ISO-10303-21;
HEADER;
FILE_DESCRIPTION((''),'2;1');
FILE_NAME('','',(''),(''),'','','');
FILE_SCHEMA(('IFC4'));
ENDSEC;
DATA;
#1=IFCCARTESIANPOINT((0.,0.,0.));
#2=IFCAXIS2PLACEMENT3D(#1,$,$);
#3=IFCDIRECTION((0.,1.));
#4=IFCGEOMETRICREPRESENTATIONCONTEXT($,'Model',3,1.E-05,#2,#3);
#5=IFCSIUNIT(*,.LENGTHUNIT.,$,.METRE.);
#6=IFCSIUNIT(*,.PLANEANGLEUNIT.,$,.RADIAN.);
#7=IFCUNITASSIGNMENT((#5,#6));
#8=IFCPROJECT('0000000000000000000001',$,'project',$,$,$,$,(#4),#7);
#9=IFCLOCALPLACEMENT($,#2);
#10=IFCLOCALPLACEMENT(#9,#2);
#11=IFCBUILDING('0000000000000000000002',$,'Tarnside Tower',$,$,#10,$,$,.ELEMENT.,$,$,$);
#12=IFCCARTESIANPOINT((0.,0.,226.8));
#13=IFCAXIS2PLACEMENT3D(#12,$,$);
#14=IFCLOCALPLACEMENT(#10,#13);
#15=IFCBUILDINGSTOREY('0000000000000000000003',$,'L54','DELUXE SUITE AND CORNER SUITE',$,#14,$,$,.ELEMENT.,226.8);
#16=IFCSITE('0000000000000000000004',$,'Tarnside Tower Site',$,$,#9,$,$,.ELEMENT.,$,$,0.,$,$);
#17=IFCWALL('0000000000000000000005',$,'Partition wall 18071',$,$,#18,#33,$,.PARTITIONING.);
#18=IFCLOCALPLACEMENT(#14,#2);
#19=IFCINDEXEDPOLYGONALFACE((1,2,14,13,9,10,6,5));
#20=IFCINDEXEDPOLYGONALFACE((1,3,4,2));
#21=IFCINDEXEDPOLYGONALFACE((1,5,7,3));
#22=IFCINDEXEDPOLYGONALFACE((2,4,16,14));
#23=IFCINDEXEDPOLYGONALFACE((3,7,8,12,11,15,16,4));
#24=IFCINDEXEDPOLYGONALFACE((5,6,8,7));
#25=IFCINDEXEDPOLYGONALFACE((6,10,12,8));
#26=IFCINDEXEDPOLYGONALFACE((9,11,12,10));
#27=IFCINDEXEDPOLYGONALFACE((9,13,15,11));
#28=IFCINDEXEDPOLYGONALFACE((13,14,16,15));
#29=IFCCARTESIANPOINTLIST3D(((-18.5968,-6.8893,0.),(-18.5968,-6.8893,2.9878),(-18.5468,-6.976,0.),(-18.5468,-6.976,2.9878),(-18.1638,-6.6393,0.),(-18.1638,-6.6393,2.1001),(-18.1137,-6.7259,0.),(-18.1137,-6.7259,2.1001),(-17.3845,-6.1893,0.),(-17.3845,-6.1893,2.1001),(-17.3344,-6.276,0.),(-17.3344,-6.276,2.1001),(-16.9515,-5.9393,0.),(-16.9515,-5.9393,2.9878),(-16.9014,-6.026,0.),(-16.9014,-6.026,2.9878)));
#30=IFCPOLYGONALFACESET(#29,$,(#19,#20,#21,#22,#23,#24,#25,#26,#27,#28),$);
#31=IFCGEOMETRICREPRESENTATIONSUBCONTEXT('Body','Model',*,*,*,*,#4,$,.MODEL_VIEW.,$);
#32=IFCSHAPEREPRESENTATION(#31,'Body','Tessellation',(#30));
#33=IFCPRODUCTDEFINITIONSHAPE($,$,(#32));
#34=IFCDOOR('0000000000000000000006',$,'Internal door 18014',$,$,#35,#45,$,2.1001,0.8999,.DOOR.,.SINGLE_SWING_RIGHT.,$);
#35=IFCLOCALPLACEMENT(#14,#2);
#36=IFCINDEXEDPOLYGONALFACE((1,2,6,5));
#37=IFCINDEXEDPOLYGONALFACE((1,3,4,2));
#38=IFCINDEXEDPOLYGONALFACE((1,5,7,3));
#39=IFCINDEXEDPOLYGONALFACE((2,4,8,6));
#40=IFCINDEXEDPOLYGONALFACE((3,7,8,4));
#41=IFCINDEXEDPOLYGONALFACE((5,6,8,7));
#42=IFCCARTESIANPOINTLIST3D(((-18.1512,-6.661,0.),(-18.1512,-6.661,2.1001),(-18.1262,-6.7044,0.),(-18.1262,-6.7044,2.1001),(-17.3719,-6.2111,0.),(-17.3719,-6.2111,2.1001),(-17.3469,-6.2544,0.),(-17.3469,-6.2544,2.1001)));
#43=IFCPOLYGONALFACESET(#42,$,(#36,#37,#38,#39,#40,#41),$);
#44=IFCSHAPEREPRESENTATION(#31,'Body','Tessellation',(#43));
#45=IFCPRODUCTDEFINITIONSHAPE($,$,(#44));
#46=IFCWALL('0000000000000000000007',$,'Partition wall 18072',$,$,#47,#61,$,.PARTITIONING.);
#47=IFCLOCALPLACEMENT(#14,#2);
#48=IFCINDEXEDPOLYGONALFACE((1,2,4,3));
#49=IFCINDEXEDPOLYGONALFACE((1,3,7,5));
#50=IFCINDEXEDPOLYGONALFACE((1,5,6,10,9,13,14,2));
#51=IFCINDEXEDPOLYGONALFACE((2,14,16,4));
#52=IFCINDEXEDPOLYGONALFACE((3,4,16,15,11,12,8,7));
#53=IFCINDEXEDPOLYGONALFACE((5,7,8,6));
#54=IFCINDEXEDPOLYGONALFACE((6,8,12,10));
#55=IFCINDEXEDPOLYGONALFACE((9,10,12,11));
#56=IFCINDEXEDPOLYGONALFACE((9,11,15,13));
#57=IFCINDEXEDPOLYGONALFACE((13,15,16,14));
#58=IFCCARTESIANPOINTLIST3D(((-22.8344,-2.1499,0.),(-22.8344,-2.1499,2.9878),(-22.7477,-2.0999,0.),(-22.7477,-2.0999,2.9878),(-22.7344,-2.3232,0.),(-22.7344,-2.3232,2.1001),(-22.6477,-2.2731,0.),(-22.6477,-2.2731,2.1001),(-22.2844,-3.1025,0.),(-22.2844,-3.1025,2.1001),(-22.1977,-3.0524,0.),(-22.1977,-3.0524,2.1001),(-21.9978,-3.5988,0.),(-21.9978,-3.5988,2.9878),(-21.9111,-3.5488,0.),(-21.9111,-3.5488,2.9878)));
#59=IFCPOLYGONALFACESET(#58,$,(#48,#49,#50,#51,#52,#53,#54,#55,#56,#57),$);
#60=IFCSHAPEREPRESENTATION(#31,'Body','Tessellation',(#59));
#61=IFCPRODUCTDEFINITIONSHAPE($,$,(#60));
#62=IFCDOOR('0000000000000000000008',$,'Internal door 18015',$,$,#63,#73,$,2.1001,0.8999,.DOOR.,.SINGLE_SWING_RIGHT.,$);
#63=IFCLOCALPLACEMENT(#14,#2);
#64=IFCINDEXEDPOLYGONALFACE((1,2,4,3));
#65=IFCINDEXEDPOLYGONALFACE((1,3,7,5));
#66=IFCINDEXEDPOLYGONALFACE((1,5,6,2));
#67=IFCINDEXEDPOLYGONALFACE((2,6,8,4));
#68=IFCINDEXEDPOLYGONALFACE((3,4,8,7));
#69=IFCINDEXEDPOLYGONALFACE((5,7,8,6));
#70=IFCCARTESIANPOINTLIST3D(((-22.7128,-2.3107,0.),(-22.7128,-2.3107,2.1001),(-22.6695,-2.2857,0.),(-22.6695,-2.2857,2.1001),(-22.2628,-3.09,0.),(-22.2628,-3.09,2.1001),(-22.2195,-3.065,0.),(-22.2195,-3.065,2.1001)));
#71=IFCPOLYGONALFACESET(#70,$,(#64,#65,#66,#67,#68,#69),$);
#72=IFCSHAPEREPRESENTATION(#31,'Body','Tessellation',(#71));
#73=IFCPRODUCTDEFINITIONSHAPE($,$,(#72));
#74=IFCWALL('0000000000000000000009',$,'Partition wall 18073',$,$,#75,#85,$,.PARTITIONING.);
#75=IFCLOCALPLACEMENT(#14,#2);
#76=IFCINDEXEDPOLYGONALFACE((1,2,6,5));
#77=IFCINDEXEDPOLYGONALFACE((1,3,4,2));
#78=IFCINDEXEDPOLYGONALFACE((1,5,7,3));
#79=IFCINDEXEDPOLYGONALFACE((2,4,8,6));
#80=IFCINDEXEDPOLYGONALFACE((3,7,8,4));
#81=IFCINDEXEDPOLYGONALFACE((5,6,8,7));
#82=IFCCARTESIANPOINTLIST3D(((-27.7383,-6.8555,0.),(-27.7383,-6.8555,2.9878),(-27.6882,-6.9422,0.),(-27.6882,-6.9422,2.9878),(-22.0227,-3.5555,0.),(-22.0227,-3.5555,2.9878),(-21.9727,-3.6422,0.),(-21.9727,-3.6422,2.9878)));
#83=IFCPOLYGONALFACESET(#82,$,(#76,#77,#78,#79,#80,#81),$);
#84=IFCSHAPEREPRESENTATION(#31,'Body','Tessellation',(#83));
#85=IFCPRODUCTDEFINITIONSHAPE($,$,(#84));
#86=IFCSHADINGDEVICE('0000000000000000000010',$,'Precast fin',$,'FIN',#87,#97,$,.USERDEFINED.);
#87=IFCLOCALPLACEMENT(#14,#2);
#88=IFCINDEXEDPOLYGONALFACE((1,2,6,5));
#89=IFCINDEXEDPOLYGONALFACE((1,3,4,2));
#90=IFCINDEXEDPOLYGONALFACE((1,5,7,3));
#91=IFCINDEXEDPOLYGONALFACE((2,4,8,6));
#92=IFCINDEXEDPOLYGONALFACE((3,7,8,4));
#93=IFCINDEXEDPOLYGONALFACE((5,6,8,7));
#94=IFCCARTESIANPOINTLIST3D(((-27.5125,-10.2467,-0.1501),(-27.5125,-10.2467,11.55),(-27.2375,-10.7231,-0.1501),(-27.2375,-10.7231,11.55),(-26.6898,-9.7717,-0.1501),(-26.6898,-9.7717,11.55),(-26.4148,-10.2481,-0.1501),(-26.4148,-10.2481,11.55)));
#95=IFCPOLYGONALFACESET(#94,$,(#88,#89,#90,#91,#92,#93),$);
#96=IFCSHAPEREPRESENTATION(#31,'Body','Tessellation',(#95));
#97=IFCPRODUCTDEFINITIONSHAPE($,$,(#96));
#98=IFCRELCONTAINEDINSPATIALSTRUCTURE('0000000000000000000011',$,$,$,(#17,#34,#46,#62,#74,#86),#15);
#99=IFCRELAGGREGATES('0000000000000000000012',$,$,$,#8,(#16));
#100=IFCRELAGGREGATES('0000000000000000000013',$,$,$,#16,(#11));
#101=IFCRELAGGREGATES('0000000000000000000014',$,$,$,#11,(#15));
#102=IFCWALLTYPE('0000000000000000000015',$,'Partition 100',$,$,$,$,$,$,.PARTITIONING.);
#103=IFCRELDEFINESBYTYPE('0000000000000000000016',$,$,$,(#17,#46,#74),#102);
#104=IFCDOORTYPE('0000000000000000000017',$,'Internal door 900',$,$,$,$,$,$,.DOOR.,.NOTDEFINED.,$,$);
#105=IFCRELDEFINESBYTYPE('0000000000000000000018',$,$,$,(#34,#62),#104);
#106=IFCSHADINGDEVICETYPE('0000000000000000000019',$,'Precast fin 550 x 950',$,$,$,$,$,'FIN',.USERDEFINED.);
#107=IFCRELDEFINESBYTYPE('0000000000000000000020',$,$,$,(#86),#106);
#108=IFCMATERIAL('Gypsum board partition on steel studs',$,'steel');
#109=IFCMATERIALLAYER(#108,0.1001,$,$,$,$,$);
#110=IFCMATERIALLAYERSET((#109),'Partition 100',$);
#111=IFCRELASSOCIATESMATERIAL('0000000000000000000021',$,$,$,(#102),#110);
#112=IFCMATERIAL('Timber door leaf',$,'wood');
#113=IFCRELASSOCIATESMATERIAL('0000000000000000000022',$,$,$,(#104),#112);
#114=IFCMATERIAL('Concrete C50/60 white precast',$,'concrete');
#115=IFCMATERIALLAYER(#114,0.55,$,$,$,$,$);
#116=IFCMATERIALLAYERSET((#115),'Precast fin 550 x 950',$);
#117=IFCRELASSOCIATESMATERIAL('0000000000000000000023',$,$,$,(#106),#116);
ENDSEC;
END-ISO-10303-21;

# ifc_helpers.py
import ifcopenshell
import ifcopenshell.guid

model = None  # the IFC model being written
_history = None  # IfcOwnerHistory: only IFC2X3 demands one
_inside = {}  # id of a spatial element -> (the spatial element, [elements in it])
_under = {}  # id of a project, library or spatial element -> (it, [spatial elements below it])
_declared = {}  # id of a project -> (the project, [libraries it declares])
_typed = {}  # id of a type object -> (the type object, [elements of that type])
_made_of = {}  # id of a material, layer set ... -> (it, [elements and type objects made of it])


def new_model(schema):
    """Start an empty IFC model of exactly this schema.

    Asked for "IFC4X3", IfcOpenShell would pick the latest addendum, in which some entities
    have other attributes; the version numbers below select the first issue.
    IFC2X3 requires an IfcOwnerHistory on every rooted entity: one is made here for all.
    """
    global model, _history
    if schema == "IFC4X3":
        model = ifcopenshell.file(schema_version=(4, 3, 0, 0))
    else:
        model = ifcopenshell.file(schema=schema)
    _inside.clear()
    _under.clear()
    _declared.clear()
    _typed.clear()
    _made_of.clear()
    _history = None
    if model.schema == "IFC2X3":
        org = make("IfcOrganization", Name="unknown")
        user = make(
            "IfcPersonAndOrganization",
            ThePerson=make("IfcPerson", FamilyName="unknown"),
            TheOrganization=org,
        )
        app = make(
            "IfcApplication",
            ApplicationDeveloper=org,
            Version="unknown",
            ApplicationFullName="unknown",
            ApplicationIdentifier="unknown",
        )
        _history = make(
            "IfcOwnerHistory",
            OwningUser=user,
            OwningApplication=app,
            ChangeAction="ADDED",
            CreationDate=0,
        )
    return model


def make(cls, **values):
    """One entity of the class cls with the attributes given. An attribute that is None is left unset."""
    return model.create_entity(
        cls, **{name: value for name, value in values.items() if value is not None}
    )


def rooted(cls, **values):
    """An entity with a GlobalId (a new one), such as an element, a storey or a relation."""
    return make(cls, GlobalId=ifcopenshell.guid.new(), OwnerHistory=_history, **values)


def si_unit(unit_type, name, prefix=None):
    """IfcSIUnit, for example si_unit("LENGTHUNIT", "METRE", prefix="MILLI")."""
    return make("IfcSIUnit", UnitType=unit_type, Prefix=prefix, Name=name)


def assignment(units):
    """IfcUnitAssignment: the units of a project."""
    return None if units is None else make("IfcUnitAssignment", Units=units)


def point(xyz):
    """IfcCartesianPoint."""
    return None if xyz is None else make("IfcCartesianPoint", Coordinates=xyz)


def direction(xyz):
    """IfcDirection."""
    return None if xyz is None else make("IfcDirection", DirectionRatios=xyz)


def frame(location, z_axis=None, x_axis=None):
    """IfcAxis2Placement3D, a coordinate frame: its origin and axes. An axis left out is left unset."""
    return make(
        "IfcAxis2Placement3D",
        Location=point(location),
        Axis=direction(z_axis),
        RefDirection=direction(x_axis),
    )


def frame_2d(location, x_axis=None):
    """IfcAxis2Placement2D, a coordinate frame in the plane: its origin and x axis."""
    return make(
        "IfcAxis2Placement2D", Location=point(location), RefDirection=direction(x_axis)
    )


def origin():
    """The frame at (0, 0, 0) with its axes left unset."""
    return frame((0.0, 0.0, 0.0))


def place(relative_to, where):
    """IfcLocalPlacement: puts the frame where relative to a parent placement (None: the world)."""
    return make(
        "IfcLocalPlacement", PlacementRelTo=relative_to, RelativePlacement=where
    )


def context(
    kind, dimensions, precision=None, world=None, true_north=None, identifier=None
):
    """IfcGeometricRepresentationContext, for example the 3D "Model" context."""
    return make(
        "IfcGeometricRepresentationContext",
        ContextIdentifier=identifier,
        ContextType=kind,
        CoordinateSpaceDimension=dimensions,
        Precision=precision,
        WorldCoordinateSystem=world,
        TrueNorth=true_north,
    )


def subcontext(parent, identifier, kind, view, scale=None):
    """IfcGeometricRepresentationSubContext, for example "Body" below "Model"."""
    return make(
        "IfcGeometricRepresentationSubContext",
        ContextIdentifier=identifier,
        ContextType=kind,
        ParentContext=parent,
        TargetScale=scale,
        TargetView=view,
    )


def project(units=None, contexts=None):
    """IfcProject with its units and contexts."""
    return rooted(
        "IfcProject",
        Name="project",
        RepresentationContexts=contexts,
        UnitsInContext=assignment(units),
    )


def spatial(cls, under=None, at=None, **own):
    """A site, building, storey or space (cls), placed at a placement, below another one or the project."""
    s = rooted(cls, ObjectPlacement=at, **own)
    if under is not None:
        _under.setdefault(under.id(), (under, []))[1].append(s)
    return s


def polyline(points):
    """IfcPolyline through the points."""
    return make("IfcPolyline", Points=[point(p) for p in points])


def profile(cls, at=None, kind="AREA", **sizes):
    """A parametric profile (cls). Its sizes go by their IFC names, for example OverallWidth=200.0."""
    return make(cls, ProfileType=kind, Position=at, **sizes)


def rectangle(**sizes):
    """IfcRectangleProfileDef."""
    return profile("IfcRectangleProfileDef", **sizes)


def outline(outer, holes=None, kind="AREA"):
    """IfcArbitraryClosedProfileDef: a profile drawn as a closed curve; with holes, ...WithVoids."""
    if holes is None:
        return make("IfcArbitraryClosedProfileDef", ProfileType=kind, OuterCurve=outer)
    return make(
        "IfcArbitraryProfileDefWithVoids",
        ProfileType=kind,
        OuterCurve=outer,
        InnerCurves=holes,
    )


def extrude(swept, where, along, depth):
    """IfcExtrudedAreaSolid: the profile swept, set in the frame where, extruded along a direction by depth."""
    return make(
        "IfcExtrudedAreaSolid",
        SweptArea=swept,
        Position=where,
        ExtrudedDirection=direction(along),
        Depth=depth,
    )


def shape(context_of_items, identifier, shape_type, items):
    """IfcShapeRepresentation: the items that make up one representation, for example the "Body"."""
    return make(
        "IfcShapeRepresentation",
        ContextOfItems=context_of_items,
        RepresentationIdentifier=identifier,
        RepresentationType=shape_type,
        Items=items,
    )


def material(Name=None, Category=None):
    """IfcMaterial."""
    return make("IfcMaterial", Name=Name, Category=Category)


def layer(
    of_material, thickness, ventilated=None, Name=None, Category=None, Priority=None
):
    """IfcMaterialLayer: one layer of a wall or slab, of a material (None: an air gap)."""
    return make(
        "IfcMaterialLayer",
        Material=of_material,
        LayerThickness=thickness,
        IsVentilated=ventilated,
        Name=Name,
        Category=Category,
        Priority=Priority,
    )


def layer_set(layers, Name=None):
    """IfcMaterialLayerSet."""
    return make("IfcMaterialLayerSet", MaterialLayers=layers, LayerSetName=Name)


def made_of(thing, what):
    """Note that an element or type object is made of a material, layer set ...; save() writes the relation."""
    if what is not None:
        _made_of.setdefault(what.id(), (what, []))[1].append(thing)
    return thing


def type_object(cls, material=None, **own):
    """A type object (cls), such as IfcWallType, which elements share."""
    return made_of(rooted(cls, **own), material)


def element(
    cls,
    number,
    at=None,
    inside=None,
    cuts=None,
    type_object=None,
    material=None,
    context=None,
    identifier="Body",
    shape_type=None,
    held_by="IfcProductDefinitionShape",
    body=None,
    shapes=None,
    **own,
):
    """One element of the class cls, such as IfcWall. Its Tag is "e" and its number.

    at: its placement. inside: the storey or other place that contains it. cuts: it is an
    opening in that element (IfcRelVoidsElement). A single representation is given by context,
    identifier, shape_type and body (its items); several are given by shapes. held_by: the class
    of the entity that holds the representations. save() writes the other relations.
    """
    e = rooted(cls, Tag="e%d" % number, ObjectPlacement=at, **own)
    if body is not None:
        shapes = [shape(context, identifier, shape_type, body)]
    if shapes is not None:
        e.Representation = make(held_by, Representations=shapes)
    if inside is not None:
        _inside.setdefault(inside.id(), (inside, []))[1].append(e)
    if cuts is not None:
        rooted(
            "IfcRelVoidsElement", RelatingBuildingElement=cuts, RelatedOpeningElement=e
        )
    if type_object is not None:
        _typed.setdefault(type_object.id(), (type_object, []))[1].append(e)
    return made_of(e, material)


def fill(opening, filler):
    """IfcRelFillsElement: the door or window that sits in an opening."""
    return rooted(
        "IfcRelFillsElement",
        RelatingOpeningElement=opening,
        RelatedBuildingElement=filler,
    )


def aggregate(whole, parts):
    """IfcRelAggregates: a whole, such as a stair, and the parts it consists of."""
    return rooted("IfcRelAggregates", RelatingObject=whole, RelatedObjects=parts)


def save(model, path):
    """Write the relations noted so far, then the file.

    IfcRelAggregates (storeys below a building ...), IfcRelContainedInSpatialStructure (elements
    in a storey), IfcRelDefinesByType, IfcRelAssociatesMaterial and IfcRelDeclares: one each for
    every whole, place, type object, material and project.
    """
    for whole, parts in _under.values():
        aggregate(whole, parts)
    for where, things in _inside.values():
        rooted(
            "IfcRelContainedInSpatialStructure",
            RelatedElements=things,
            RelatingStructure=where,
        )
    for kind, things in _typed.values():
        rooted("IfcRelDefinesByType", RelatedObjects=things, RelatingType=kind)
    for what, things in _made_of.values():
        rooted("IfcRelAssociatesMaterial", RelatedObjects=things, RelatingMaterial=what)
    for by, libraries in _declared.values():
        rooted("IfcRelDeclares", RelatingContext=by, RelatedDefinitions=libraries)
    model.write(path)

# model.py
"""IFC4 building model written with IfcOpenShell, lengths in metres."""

from ifc_helpers import new_model, si_unit, direction, frame, frame_2d, origin, place, context, subcontext, project, spatial, polyline, rectangle, outline, extrude, material, layer, layer_set, type_object, element, fill, save


model = new_model("IFC4")

# Units and contexts
model_context = context("Model", 3, precision=1e-05, world=origin(), true_north=direction((0.0, 1.0)))
body_context = subcontext(model_context, "Body", "Model", "MODEL_VIEW")
ifc_project = project(units=[si_unit("LENGTHUNIT", "METRE"), si_unit("PLANEANGLEUNIT", "RADIAN")], contexts=[model_context])

# Site, building, storey
site_placement = place(None, origin())
site = spatial("IfcSite", under=ifc_project, at=site_placement, Name="Tarnside Tower Site", CompositionType="ELEMENT", RefElevation=0.0)
building_placement = place(site_placement, origin())
building = spatial("IfcBuilding", under=site, at=building_placement, Name="Tarnside Tower", CompositionType="ELEMENT")
storey_placement = place(building_placement, frame((0.0, 0.0, 226.8)))
storey = spatial("IfcBuildingStorey", under=building, at=storey_placement, Name="L54", Description="DELUXE SUITE AND CORNER SUITE", CompositionType="ELEMENT", Elevation=226.8)

# Shared definitions
ifc_material_1 = material(Name="Gypsum board partition on steel studs", Category="steel")
ifc_material_2 = material(Name="Timber door leaf", Category="wood")

# Shared definitions
ifc_layer_1 = layer(ifc_material_1, 0.1001)
ifc_layer_set_1 = layer_set([ifc_layer_1], Name="Partition 100")
wall_type_1 = type_object("IfcWallType", Name="Partition 100", PredefinedType="PARTITIONING", material=ifc_layer_set_1)

# Walls, openings, doors
wall_1_placement = place(storey_placement, frame((-18.5718, -6.9326, 0.0), z_axis=(0.0, 0.0, 1.0), x_axis=(0.866012, 0.500023, 0.0)))
wall_1 = element("IfcWall", 1, at=wall_1_placement, inside=storey, type_object=wall_type_1, Name="Partition wall 18071", PredefinedType="PARTITIONING", context=body_context, shape_type="SweptSolid", body=[
    extrude(rectangle(XDim=1.8999, YDim=0.1001, at=frame_2d((0.95, 0.0))), origin(), (0.0, 0.0, 1.0), 2.9878),
])
opening_1_placement = place(wall_1_placement, frame((0.5, 0.0, 0.0)))
opening_1 = element("IfcOpeningElement", 2, at=opening_1_placement, cuts=wall_1, PredefinedType="OPENING", context=body_context, shape_type="SweptSolid", body=[
    extrude(rectangle(XDim=0.8999, YDim=2.1001, at=frame_2d((0.45, 1.05))), frame((0.0, 0.0601, 0.0), z_axis=(0.0, -1.0, 0.0), x_axis=(1.0, 0.0, 0.0)), (0.0, 0.0, 1.0), 0.1201),
])
door_type_1 = type_object("IfcDoorType", Name="Internal door 900", OperationType="NOTDEFINED", PredefinedType="DOOR", material=ifc_material_2)
door_1_placement = place(opening_1_placement, origin())
door_1 = element("IfcDoor", 3, at=door_1_placement, inside=storey, type_object=door_type_1, Name="Internal door 18014", OperationType="SINGLE_SWING_RIGHT", OverallHeight=2.1001, OverallWidth=0.8999, PredefinedType="DOOR", context=body_context, shape_type="SweptSolid", body=[
    extrude(rectangle(XDim=0.8999, YDim=2.1001, at=frame_2d((0.45, 1.05))), frame((0.0, 0.0249, 0.0), z_axis=(0.0, -1.0, 0.0), x_axis=(1.0, 0.0, 0.0)), (0.0, 0.0, 1.0), 0.05),
])
fill(opening_1, door_1)
wall_2_placement = place(storey_placement, frame((-22.791, -2.125, 0.0), z_axis=(0.0, 0.0, 1.0), x_axis=(0.500047, -0.865998, 0.0)))
wall_2 = element("IfcWall", 4, at=wall_2_placement, inside=storey, type_object=wall_type_1, Name="Partition wall 18072", PredefinedType="PARTITIONING", context=body_context, shape_type="SweptSolid", body=[
    extrude(rectangle(XDim=1.6731, YDim=0.1001, at=frame_2d((0.8364, 0.0))), origin(), (0.0, 0.0, 1.0), 2.9878),
])
opening_2_placement = place(wall_2_placement, frame((0.2, 0.0, 0.0)))
opening_2 = element("IfcOpeningElement", 5, at=opening_2_placement, cuts=wall_2, PredefinedType="OPENING", context=body_context, shape_type="SweptSolid", body=[
    extrude(rectangle(XDim=0.8999, YDim=2.1001, at=frame_2d((0.45, 1.05))), frame((0.0, 0.0601, 0.0), z_axis=(0.0, -1.0, 0.0), x_axis=(1.0, 0.0, 0.0)), (0.0, 0.0, 1.0), 0.1201),
])
door_2_placement = place(opening_2_placement, origin())
door_2 = element("IfcDoor", 6, at=door_2_placement, inside=storey, type_object=door_type_1, Name="Internal door 18015", OperationType="SINGLE_SWING_RIGHT", OverallHeight=2.1001, OverallWidth=0.8999, PredefinedType="DOOR", context=body_context, shape_type="SweptSolid", body=[
    extrude(rectangle(XDim=0.8999, YDim=2.1001, at=frame_2d((0.45, 1.05))), frame((0.0, 0.0249, 0.0), z_axis=(0.0, -1.0, 0.0), x_axis=(1.0, 0.0, 0.0)), (0.0, 0.0, 1.0), 0.05),
])
fill(opening_2, door_2)

# Wall
wall_3_placement = place(storey_placement, frame((-21.9978, -3.5989, 0.0), z_axis=(0.0, 0.0, 1.0), x_axis=(-0.866015, -0.500018, 0.0)))
element("IfcWall", 7, at=wall_3_placement, inside=storey, type_object=wall_type_1, Name="Partition wall 18073", PredefinedType="PARTITIONING", context=body_context, shape_type="SweptSolid", body=[
    extrude(rectangle(XDim=6.5999, YDim=0.1001, at=frame_2d((3.2998, 0.0))), origin(), (0.0, 0.0, 1.0), 2.9878),
])

# Shading device
ifc_material_3 = material(Name="Concrete C50/60 white precast", Category="concrete")
ifc_layer_2 = layer(ifc_material_3, 0.55)
ifc_layer_set_2 = layer_set([ifc_layer_2], Name="Precast fin 550 x 950")
shading_device_type = type_object("IfcShadingDeviceType", Name="Precast fin 550 x 950", ElementType="FIN", PredefinedType="USERDEFINED", material=ifc_layer_set_2)
shading_device_placement = place(storey_placement, frame((-26.5522, -10.01, -0.1501), z_axis=(-0.5, 0.866025, 0.0), x_axis=(-0.866025, -0.5, 0.0)))
element("IfcShadingDevice", 8, at=shading_device_placement, inside=storey, type_object=shading_device_type, Name="Precast fin", ObjectType="FIN", PredefinedType="USERDEFINED", context=body_context, shape_type="SweptSolid", body=[
    extrude(outline(polyline([(0.0, 0.0), (0.95, 0.0), (0.95, 11.7002), (0.0, 11.7002), (0.0, 0.0)])), frame((0.0, 0.0, -0.2749)), (0.0, 0.0, 1.0), 0.55),
])

save(model, "model.ifc")
